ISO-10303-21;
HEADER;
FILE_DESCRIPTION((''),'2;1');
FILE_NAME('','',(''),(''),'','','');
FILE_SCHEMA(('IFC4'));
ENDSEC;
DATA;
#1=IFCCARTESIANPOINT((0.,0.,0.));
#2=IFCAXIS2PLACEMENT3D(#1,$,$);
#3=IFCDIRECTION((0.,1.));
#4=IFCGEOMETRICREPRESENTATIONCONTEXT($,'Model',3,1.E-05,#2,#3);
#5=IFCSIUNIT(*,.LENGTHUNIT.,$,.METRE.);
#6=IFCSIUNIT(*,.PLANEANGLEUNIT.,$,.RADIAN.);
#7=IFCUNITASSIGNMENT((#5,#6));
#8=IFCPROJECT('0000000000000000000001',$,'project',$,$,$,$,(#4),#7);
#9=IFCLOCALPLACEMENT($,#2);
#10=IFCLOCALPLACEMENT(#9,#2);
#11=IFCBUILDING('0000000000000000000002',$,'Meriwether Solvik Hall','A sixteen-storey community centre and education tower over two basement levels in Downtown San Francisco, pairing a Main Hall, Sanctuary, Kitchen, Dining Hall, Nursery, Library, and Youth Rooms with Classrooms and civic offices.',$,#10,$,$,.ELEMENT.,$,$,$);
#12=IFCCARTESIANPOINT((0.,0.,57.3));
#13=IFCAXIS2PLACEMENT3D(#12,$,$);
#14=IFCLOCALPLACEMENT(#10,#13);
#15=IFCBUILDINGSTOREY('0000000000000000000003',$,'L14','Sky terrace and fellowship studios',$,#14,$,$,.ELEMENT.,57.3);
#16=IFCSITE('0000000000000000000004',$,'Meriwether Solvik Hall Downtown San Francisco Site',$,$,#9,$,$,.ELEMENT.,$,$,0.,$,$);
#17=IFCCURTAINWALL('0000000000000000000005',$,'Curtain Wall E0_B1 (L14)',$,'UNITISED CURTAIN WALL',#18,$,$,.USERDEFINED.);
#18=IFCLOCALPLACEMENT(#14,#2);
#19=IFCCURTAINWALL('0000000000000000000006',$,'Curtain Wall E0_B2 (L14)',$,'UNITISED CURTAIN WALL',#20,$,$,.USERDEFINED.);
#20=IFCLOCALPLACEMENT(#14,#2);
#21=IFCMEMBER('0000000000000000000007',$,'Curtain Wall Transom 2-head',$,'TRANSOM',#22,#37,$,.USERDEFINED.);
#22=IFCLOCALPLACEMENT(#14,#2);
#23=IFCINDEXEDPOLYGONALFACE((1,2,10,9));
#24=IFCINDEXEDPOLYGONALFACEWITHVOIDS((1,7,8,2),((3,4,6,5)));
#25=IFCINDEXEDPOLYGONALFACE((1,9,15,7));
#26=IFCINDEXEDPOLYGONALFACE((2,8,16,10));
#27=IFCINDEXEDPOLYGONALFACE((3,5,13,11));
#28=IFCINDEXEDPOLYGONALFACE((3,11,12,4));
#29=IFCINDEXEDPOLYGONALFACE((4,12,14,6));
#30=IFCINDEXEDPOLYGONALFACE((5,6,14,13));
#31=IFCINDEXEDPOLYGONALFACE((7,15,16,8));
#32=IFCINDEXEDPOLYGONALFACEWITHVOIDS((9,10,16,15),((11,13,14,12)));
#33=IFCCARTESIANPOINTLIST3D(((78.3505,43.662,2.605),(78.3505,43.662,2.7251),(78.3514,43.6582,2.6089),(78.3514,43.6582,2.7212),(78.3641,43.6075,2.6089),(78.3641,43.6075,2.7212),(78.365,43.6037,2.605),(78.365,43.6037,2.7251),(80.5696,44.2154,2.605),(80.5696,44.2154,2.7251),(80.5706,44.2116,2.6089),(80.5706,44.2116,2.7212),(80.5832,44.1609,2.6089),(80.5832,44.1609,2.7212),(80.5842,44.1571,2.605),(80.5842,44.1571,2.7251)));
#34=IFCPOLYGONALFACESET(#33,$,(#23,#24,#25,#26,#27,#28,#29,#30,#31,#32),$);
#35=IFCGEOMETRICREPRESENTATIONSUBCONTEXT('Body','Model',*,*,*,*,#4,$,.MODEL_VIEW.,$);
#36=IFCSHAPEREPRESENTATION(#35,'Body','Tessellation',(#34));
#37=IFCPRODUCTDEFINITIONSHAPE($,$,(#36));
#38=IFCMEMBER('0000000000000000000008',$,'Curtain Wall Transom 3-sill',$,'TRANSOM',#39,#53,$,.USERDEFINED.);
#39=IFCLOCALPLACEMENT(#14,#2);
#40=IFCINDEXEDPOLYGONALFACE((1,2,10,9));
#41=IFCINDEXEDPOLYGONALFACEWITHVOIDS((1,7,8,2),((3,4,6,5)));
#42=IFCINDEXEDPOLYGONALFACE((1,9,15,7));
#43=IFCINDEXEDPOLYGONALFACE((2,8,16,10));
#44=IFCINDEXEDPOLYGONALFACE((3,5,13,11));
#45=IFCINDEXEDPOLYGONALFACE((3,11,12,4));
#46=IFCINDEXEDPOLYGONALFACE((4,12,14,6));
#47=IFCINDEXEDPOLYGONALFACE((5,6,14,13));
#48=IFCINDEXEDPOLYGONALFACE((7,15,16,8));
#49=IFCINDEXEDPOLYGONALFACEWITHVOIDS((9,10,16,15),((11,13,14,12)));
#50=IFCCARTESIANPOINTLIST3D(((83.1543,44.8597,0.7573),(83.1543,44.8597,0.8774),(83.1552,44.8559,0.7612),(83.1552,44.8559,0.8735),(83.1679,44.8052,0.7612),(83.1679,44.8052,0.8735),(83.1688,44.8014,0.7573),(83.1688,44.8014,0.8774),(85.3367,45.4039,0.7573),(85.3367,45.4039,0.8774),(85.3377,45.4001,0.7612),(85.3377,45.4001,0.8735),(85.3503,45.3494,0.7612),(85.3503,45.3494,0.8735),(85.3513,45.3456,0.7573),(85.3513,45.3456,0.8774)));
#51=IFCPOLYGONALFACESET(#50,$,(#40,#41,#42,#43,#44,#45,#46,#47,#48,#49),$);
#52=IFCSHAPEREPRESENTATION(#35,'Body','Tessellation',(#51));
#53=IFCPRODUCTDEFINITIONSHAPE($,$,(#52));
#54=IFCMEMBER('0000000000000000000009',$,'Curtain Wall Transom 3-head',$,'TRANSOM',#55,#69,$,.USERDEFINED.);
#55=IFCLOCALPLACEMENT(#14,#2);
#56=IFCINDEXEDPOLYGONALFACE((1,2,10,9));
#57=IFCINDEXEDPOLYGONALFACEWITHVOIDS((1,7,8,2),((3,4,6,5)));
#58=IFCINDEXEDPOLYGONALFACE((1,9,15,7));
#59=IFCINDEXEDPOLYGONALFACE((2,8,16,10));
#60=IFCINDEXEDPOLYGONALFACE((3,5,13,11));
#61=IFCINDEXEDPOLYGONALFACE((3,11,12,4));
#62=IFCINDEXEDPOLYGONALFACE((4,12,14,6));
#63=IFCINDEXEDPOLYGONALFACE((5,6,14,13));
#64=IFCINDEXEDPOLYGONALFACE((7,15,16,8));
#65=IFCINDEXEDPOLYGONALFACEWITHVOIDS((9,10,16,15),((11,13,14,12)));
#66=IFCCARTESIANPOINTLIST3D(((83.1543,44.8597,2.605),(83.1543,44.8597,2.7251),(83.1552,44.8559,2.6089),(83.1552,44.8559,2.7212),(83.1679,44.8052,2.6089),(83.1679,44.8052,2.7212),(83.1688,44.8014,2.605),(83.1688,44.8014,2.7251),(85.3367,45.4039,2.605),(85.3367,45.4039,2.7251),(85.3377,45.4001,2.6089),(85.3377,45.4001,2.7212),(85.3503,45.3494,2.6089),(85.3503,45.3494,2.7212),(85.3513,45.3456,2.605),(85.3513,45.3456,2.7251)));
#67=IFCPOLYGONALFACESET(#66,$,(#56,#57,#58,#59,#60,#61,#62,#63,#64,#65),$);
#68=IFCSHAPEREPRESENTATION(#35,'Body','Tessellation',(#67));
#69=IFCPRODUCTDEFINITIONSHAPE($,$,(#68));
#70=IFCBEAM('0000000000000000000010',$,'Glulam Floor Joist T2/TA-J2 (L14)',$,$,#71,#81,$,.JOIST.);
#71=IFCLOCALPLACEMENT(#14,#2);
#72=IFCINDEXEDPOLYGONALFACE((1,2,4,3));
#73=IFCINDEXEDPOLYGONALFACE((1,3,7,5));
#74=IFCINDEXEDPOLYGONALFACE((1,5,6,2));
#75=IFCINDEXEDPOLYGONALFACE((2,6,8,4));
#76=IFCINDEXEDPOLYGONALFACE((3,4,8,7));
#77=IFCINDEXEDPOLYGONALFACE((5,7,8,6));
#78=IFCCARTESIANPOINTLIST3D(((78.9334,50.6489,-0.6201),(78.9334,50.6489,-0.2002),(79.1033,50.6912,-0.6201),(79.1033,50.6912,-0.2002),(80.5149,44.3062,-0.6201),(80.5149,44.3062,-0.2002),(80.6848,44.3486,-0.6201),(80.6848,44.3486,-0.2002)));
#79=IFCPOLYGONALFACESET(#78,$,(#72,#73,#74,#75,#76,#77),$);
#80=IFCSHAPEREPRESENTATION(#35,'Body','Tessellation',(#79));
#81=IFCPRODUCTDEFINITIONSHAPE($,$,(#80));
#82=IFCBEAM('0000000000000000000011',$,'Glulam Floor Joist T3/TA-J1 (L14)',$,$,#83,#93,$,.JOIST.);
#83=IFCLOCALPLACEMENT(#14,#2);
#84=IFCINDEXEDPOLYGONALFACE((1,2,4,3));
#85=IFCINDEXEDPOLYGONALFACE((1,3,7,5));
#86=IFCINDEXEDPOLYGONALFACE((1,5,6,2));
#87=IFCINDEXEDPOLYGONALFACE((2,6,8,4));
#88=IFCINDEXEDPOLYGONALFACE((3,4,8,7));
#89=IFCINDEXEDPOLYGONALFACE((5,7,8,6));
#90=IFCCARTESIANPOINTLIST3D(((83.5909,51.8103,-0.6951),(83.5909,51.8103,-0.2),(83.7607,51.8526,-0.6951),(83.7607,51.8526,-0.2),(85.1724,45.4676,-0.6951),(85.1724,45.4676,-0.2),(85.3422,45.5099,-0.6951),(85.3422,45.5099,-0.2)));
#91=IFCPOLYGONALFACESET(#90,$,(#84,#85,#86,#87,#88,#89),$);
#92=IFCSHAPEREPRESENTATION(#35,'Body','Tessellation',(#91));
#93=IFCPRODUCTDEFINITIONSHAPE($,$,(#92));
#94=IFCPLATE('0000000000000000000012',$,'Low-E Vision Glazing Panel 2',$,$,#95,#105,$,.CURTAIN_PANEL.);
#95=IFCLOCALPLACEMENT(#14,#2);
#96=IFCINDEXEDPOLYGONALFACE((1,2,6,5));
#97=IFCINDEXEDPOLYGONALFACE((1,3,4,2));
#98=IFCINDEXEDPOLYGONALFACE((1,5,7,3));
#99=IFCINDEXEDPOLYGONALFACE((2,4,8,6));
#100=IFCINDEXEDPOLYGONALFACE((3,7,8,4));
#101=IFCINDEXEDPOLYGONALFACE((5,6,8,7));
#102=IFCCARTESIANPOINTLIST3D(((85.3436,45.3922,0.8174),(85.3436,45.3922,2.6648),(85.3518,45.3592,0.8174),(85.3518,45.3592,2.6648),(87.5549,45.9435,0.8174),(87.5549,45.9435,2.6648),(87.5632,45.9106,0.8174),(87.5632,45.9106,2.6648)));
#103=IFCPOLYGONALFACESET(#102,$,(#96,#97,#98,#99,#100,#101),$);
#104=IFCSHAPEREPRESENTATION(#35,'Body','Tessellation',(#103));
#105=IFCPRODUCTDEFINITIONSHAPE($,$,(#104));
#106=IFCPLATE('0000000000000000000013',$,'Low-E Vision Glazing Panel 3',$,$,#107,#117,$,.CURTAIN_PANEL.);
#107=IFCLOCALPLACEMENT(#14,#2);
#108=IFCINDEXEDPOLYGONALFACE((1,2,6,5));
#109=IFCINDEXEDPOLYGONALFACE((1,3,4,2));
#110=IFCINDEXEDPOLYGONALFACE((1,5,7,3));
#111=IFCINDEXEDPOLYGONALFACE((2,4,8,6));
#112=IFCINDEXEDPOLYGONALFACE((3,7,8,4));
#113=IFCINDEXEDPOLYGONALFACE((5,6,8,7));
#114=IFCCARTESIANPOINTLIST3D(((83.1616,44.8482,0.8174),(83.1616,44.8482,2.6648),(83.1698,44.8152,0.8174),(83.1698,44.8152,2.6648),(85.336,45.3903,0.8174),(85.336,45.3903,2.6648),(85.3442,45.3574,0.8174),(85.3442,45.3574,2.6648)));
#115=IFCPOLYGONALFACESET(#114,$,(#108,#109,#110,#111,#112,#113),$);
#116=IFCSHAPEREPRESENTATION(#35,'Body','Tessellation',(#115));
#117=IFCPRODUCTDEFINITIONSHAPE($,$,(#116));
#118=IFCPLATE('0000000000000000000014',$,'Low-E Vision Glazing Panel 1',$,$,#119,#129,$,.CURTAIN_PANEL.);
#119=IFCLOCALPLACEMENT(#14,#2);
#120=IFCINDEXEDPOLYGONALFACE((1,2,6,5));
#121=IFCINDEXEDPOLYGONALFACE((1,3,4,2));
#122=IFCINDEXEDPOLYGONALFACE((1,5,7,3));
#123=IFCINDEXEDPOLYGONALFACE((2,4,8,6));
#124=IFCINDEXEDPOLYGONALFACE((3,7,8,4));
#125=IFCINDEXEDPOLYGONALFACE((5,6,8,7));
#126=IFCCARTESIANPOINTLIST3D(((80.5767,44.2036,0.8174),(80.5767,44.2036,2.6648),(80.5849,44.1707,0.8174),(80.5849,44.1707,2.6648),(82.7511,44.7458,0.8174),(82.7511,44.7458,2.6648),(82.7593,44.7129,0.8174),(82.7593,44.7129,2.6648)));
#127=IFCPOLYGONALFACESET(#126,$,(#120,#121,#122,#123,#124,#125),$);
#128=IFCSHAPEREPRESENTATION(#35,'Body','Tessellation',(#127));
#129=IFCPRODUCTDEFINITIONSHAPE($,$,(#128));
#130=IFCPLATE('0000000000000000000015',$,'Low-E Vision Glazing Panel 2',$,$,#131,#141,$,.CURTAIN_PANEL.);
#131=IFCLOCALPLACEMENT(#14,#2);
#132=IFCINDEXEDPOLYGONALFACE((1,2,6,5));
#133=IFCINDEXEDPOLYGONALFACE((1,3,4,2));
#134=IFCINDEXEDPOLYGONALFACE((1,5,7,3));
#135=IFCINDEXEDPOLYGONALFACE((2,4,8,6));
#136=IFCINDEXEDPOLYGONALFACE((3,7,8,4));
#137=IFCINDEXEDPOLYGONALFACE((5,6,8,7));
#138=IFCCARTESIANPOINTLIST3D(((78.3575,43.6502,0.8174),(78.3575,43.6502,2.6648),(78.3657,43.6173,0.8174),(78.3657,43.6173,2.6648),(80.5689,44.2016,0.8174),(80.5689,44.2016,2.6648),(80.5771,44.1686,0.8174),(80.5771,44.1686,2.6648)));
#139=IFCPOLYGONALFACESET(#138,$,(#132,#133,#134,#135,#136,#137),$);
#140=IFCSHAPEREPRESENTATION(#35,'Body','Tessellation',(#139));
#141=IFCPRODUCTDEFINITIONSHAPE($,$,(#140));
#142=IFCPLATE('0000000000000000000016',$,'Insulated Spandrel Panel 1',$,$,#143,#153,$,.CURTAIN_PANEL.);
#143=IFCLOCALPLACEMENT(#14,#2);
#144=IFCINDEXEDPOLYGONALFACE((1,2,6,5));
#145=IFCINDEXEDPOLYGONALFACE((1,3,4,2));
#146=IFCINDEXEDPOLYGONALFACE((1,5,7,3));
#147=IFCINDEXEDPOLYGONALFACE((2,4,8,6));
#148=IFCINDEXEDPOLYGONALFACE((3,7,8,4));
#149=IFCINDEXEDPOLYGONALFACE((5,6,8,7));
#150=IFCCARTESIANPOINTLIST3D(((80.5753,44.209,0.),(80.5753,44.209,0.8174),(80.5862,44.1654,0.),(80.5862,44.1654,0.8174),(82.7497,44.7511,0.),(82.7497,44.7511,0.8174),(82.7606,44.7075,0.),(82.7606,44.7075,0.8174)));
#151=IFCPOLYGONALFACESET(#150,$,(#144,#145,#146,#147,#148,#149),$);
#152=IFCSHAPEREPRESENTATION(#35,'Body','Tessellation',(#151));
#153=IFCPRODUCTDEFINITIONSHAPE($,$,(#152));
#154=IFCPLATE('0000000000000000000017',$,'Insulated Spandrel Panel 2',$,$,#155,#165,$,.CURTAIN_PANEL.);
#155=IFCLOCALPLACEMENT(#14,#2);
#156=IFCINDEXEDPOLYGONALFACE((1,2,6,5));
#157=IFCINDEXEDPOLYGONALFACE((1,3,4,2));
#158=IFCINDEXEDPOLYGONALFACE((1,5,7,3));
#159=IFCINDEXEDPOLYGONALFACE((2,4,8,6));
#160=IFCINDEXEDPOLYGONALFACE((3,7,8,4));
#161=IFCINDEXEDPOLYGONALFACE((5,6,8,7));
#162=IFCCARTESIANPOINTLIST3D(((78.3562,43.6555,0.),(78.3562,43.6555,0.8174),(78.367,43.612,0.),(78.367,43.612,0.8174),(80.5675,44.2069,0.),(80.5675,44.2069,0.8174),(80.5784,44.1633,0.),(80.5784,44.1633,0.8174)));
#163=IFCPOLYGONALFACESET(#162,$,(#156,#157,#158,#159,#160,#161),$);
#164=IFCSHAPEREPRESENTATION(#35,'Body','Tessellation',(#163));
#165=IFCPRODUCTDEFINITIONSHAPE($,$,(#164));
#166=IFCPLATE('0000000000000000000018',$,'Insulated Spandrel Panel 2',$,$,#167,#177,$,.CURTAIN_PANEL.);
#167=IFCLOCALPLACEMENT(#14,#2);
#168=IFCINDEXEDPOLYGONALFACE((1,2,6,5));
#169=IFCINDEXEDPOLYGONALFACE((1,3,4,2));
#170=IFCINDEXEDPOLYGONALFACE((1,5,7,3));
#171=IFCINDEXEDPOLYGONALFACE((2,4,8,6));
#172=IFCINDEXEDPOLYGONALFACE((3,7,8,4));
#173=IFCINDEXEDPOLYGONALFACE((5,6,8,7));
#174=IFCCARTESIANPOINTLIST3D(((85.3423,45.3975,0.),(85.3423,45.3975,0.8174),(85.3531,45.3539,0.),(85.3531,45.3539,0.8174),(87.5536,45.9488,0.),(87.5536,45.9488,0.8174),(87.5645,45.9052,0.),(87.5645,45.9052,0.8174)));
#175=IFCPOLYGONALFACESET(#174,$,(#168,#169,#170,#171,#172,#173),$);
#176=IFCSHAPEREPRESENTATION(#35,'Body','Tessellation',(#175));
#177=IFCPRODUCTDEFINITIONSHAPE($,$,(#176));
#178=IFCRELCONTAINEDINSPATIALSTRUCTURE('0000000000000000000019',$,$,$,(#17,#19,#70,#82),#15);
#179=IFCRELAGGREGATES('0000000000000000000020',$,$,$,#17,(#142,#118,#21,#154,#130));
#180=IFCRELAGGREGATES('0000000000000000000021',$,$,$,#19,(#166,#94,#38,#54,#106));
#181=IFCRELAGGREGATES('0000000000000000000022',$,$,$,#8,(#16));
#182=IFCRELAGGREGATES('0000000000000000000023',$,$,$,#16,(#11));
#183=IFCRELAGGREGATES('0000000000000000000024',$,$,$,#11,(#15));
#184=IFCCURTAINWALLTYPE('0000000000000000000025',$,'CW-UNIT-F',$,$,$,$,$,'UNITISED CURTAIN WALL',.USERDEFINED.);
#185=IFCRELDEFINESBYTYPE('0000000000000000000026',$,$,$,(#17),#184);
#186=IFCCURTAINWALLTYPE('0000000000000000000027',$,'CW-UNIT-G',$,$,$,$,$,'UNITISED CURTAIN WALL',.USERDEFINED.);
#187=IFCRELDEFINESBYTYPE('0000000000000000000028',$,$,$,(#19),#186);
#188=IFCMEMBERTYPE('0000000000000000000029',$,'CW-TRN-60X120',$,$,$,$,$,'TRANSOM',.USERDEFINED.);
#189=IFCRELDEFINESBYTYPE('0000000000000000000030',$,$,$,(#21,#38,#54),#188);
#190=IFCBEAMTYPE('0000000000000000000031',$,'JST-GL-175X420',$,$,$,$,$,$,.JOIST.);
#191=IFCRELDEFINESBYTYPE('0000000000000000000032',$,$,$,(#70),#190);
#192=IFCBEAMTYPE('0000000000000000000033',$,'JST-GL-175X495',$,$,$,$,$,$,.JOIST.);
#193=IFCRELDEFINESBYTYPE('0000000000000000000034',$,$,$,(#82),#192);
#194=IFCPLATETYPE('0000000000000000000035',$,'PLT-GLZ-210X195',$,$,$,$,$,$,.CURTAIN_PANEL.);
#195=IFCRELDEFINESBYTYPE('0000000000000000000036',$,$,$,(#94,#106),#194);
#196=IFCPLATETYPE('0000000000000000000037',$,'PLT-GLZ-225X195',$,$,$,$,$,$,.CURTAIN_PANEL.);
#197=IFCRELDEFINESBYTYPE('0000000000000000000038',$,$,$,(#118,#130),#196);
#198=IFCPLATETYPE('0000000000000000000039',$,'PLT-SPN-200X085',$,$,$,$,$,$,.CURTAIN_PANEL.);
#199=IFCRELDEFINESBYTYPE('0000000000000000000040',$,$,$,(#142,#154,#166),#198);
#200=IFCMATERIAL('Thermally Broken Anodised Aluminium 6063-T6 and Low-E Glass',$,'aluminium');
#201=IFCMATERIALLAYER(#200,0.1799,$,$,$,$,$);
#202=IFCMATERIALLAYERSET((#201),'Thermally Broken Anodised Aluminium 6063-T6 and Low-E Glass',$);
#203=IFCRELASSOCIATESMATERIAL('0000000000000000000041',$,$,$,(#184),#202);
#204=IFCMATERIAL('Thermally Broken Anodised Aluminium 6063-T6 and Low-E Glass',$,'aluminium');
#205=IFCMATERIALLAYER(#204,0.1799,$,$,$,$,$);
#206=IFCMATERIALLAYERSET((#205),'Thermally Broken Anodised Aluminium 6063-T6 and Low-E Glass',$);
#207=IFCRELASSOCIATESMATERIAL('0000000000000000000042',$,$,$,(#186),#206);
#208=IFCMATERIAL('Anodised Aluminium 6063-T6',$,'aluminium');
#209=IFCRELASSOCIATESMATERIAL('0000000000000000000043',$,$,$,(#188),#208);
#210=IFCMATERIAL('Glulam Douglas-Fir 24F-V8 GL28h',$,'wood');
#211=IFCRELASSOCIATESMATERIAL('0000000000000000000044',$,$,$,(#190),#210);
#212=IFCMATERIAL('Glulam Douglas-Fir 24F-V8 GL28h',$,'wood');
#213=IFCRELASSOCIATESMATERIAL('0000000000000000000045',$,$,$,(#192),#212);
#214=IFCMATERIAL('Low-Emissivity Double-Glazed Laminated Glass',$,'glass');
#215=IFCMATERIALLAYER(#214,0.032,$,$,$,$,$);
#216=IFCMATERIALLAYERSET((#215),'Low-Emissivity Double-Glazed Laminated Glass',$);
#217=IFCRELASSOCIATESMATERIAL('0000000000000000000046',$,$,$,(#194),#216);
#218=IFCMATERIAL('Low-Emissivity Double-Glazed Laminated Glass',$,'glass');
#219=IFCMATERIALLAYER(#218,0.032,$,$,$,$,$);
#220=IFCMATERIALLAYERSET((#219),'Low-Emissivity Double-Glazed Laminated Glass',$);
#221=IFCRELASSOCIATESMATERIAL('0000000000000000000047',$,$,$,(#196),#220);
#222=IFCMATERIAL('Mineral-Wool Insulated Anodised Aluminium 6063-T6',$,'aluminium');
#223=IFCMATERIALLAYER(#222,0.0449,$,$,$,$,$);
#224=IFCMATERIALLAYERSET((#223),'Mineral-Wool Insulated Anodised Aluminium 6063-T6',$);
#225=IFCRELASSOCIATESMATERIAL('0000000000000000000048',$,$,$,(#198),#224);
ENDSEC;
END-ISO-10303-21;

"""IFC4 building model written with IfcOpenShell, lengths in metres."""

from ifc_helpers import new_model, si_unit, direction, frame, origin, origin_2d, place, context, subcontext, project, spatial, rectangle, hollow_rectangle, extrude, material, layer, layer_set, material_profile, profile_set, type_object, element, aggregate, save


model = new_model("IFC4")

# Units and contexts
model_context = context("Model", 3, precision=1e-05, world=origin(), true_north=direction((0.0, 1.0)))
body_context = subcontext(model_context, "Body", "Model", "MODEL_VIEW")
ifc_project = project(units=[si_unit("LENGTHUNIT", "METRE"), si_unit("PLANEANGLEUNIT", "RADIAN")], contexts=[model_context])

# Site, building, storey
site_placement = place(None, origin())
site = spatial("IfcSite", under=ifc_project, at=site_placement, Name="Meriwether Solvik Hall Downtown San Francisco Site", CompositionType="ELEMENT", RefElevation=0.0)
building_placement = place(site_placement, origin())
building = spatial("IfcBuilding", under=site, at=building_placement, Name="Meriwether Solvik Hall", Description="A sixteen-storey community centre and education tower over two basement levels in Downtown San Francisco, pairing a Main Hall, Sanctuary, Kitchen, Dining Hall, Nursery, Library, and Youth Rooms with Classrooms and civic offices.", CompositionType="ELEMENT")
storey_placement = place(building_placement, frame((0.0, 0.0, 57.3)))
storey = spatial("IfcBuildingStorey", under=building, at=storey_placement, Name="L14", Description="Sky terrace and fellowship studios", CompositionType="ELEMENT", Elevation=57.3)

# Curtain walls
ifc_material_1 = material(Name="Thermally Broken Anodised Aluminium 6063-T6 and Low-E Glass", Category="aluminium")
ifc_layer_1 = layer(ifc_material_1, 0.1799)
ifc_layer_set_1 = layer_set([ifc_layer_1], Name="Thermally Broken Anodised Aluminium 6063-T6 and Low-E Glass")
curtain_wall_type_1 = type_object("IfcCurtainWallType", Name="CW-UNIT-F", ElementType="UNITISED CURTAIN WALL", PredefinedType="USERDEFINED", material=ifc_layer_set_1)
curtain_wall_1_placement = place(storey_placement, origin())
curtain_wall_1 = element("IfcCurtainWall", 1, at=curtain_wall_1_placement, inside=storey, type_object=curtain_wall_type_1, Name="Curtain Wall E0_B1 (L14)", ObjectType="UNITISED CURTAIN WALL", PredefinedType="USERDEFINED")
ifc_material_2 = material(Name="Thermally Broken Anodised Aluminium 6063-T6 and Low-E Glass", Category="aluminium")
ifc_layer_2 = layer(ifc_material_2, 0.1799)
ifc_layer_set_2 = layer_set([ifc_layer_2], Name="Thermally Broken Anodised Aluminium 6063-T6 and Low-E Glass")
curtain_wall_type_2 = type_object("IfcCurtainWallType", Name="CW-UNIT-G", ElementType="UNITISED CURTAIN WALL", PredefinedType="USERDEFINED", material=ifc_layer_set_2)
curtain_wall_2_placement = place(storey_placement, origin())
curtain_wall_2 = element("IfcCurtainWall", 2, at=curtain_wall_2_placement, inside=storey, type_object=curtain_wall_type_2, Name="Curtain Wall E0_B2 (L14)", ObjectType="UNITISED CURTAIN WALL", PredefinedType="USERDEFINED")

# Members
ifc_material_3 = material(Name="Anodised Aluminium 6063-T6", Category="aluminium")
ifc_material_profile_1 = material_profile(ifc_material_3, hollow_rectangle(XDim=0.0601, YDim=0.1201, WallThickness=0.0039, at=origin_2d()), Name="CWT-60X120")
ifc_profile_set_1 = profile_set([ifc_material_profile_1], Name="Anodised Aluminium 6063-T6")
member_type_1 = type_object("IfcMemberType", Name="CW-TRN-60X120", ElementType="TRANSOM", PredefinedType="USERDEFINED", material=ifc_profile_set_1)
member_1_placement = place(storey_placement, frame((80.5769, 44.1863, 2.665), z_axis=(-0.97028, -0.241983, 0.0), x_axis=(0.241983, -0.97028, 0.0)))
member_1 = element("IfcMember", 3, at=member_1_placement, type_object=member_type_1, Name="Curtain Wall Transom 2-head", ObjectType="TRANSOM", PredefinedType="USERDEFINED", context=body_context, shape_type="SweptSolid", body=[
    extrude(hollow_rectangle(XDim=0.0601, YDim=0.1201, WallThickness=0.0039, at=origin_2d()), origin(), (0.0, 0.0, 1.0), 2.2871),
])
member_2_placement = place(storey_placement, frame((85.344, 45.3748, 0.8174), z_axis=(-0.970289, -0.241948, 0.0), x_axis=(0.241948, -0.970289, 0.0)))
member_2 = element("IfcMember", 4, at=member_2_placement, type_object=member_type_1, Name="Curtain Wall Transom 3-sill", ObjectType="TRANSOM", PredefinedType="USERDEFINED", context=body_context, shape_type="SweptSolid", body=[
    extrude(hollow_rectangle(XDim=0.0601, YDim=0.1201, WallThickness=0.0039, at=origin_2d()), origin(), (0.0, 0.0, 1.0), 2.2493),
])
member_3_placement = place(storey_placement, frame((85.344, 45.3748, 2.665), z_axis=(-0.970289, -0.241948, 0.0), x_axis=(0.241948, -0.970289, 0.0)))
member_3 = element("IfcMember", 5, at=member_3_placement, type_object=member_type_1, Name="Curtain Wall Transom 3-head", ObjectType="TRANSOM", PredefinedType="USERDEFINED", context=body_context, shape_type="SweptSolid", body=[
    extrude(hollow_rectangle(XDim=0.0601, YDim=0.1201, WallThickness=0.0039, at=origin_2d()), origin(), (0.0, 0.0, 1.0), 2.2493),
])

# Beams
ifc_material_4 = material(Name="Glulam Douglas-Fir 24F-V8 GL28h", Category="wood")
ifc_material_profile_2 = material_profile(ifc_material_4, rectangle(XDim=0.175, YDim=0.4199, at=origin_2d()), Name="GLJ-175X420")
ifc_profile_set_2 = profile_set([ifc_material_profile_2], Name="Glulam Douglas-Fir 24F-V8 GL28h")
beam_type_1 = type_object("IfcBeamType", Name="JST-GL-175X420", PredefinedType="JOIST", material=ifc_profile_set_2)
beam_1_placement = place(storey_placement, frame((80.5999, 44.3274, -0.4102), z_axis=(-0.241938, 0.970292, 0.0), x_axis=(-0.970292, -0.241938, 0.0)))
element("IfcBeam", 6, at=beam_1_placement, inside=storey, type_object=beam_type_1, Name="Glulam Floor Joist T2/TA-J2 (L14)", PredefinedType="JOIST", context=body_context, shape_type="SweptSolid", body=[
    extrude(rectangle(XDim=0.175, YDim=0.4199, at=origin_2d()), origin(), (0.0, 0.0, 1.0), 6.5369),
])
ifc_material_5 = material(Name="Glulam Douglas-Fir 24F-V8 GL28h", Category="wood")
ifc_material_profile_3 = material_profile(ifc_material_5, rectangle(XDim=0.175, YDim=0.4951, at=origin_2d()), Name="GLJ-175X495")
ifc_profile_set_3 = profile_set([ifc_material_profile_3], Name="Glulam Douglas-Fir 24F-V8 GL28h")
beam_type_2 = type_object("IfcBeamType", Name="JST-GL-175X495", PredefinedType="JOIST", material=ifc_profile_set_3)
beam_2_placement = place(storey_placement, frame((85.2573, 45.4888, -0.4475), z_axis=(-0.241938, 0.970292, 0.0), x_axis=(-0.970292, -0.241938, 0.0)))
element("IfcBeam", 7, at=beam_2_placement, inside=storey, type_object=beam_type_2, Name="Glulam Floor Joist T3/TA-J1 (L14)", PredefinedType="JOIST", context=body_context, shape_type="SweptSolid", body=[
    extrude(rectangle(XDim=0.175, YDim=0.4951, at=origin_2d()), origin(), (0.0, 0.0, 1.0), 6.5369),
])

# Plates
ifc_material_6 = material(Name="Low-Emissivity Double-Glazed Laminated Glass", Category="glass")
ifc_layer_3 = layer(ifc_material_6, 0.032)
ifc_layer_set_3 = layer_set([ifc_layer_3], Name="Low-Emissivity Double-Glazed Laminated Glass")
plate_type_1 = type_object("IfcPlateType", Name="PLT-GLZ-210X195", PredefinedType="CURTAIN_PANEL", material=ifc_layer_set_3)
plate_1_placement = place(storey_placement, frame((86.4534, 45.6514, 0.8174), z_axis=(0.0, 0.0, 1.0), x_axis=(-0.970296, -0.241922, 0.0)))
plate_1 = element("IfcPlate", 8, at=plate_1_placement, type_object=plate_type_1, Name="Low-E Vision Glazing Panel 2", PredefinedType="CURTAIN_PANEL", context=body_context, shape_type="SweptSolid", body=[
    extrude(rectangle(XDim=2.2791, YDim=0.0339, at=origin_2d()), origin(), (0.0, 0.0, 1.0), 1.8474),
])
plate_2_placement = place(storey_placement, frame((84.2529, 45.1028, 0.8174), z_axis=(0.0, 0.0, 1.0), x_axis=(-0.970296, -0.241922, 0.0)))
plate_2 = element("IfcPlate", 9, at=plate_2_placement, type_object=plate_type_1, Name="Low-E Vision Glazing Panel 3", PredefinedType="CURTAIN_PANEL", context=body_context, shape_type="SweptSolid", body=[
    extrude(rectangle(XDim=2.241, YDim=0.0339, at=origin_2d()), origin(), (0.0, 0.0, 1.0), 1.8474),
])
ifc_material_7 = material(Name="Low-Emissivity Double-Glazed Laminated Glass", Category="glass")
ifc_layer_4 = layer(ifc_material_7, 0.032)
ifc_layer_set_4 = layer_set([ifc_layer_4], Name="Low-Emissivity Double-Glazed Laminated Glass")
plate_type_2 = type_object("IfcPlateType", Name="PLT-GLZ-225X195", PredefinedType="CURTAIN_PANEL", material=ifc_layer_set_4)
plate_3_placement = place(storey_placement, frame((81.668, 44.4583, 0.8174), z_axis=(0.0, 0.0, 1.0), x_axis=(-0.970296, -0.241922, 0.0)))
plate_3 = element("IfcPlate", 10, at=plate_3_placement, type_object=plate_type_2, Name="Low-E Vision Glazing Panel 1", PredefinedType="CURTAIN_PANEL", context=body_context, shape_type="SweptSolid", body=[
    extrude(rectangle(XDim=2.241, YDim=0.0339, at=origin_2d()), origin(), (0.0, 0.0, 1.0), 1.8474),
])
plate_4_placement = place(storey_placement, frame((79.4673, 43.9094, 0.8174), z_axis=(0.0, 0.0, 1.0), x_axis=(-0.970296, -0.241922, 0.0)))
plate_4 = element("IfcPlate", 11, at=plate_4_placement, type_object=plate_type_2, Name="Low-E Vision Glazing Panel 2", PredefinedType="CURTAIN_PANEL", context=body_context, shape_type="SweptSolid", body=[
    extrude(rectangle(XDim=2.2791, YDim=0.0339, at=origin_2d()), origin(), (0.0, 0.0, 1.0), 1.8474),
])
ifc_material_8 = material(Name="Mineral-Wool Insulated Anodised Aluminium 6063-T6", Category="aluminium")
ifc_layer_5 = layer(ifc_material_8, 0.0449)
ifc_layer_set_5 = layer_set([ifc_layer_5], Name="Mineral-Wool Insulated Anodised Aluminium 6063-T6")
plate_type_3 = type_object("IfcPlateType", Name="PLT-SPN-200X085", PredefinedType="CURTAIN_PANEL", material=ifc_layer_set_5)
plate_5_placement = place(storey_placement, frame((81.668, 44.4583, 0.0), z_axis=(0.0, 0.0, 1.0), x_axis=(-0.970296, -0.241922, 0.0)))
plate_5 = element("IfcPlate", 12, at=plate_5_placement, type_object=plate_type_3, Name="Insulated Spandrel Panel 1", PredefinedType="CURTAIN_PANEL", context=body_context, shape_type="SweptSolid", body=[
    extrude(rectangle(XDim=2.241, YDim=0.0449, at=origin_2d()), origin(), (0.0, 0.0, 1.0), 0.8174),
])
plate_6_placement = place(storey_placement, frame((79.4673, 43.9094, 0.0), z_axis=(0.0, 0.0, 1.0), x_axis=(-0.970296, -0.241922, 0.0)))
plate_6 = element("IfcPlate", 13, at=plate_6_placement, type_object=plate_type_3, Name="Insulated Spandrel Panel 2", PredefinedType="CURTAIN_PANEL", context=body_context, shape_type="SweptSolid", body=[
    extrude(rectangle(XDim=2.2791, YDim=0.0449, at=origin_2d()), origin(), (0.0, 0.0, 1.0), 0.8174),
])
aggregate(curtain_wall_1, [plate_5, plate_3, member_1, plate_6, plate_4])
plate_7_placement = place(storey_placement, frame((86.4534, 45.6514, 0.0), z_axis=(0.0, 0.0, 1.0), x_axis=(-0.970296, -0.241922, 0.0)))
plate_7 = element("IfcPlate", 14, at=plate_7_placement, type_object=plate_type_3, Name="Insulated Spandrel Panel 2", PredefinedType="CURTAIN_PANEL", context=body_context, shape_type="SweptSolid", body=[
    extrude(rectangle(XDim=2.2791, YDim=0.0449, at=origin_2d()), origin(), (0.0, 0.0, 1.0), 0.8174),
])
aggregate(curtain_wall_2, [plate_7, plate_1, member_2, member_3, plate_2])

save(model, "model.ifc")
